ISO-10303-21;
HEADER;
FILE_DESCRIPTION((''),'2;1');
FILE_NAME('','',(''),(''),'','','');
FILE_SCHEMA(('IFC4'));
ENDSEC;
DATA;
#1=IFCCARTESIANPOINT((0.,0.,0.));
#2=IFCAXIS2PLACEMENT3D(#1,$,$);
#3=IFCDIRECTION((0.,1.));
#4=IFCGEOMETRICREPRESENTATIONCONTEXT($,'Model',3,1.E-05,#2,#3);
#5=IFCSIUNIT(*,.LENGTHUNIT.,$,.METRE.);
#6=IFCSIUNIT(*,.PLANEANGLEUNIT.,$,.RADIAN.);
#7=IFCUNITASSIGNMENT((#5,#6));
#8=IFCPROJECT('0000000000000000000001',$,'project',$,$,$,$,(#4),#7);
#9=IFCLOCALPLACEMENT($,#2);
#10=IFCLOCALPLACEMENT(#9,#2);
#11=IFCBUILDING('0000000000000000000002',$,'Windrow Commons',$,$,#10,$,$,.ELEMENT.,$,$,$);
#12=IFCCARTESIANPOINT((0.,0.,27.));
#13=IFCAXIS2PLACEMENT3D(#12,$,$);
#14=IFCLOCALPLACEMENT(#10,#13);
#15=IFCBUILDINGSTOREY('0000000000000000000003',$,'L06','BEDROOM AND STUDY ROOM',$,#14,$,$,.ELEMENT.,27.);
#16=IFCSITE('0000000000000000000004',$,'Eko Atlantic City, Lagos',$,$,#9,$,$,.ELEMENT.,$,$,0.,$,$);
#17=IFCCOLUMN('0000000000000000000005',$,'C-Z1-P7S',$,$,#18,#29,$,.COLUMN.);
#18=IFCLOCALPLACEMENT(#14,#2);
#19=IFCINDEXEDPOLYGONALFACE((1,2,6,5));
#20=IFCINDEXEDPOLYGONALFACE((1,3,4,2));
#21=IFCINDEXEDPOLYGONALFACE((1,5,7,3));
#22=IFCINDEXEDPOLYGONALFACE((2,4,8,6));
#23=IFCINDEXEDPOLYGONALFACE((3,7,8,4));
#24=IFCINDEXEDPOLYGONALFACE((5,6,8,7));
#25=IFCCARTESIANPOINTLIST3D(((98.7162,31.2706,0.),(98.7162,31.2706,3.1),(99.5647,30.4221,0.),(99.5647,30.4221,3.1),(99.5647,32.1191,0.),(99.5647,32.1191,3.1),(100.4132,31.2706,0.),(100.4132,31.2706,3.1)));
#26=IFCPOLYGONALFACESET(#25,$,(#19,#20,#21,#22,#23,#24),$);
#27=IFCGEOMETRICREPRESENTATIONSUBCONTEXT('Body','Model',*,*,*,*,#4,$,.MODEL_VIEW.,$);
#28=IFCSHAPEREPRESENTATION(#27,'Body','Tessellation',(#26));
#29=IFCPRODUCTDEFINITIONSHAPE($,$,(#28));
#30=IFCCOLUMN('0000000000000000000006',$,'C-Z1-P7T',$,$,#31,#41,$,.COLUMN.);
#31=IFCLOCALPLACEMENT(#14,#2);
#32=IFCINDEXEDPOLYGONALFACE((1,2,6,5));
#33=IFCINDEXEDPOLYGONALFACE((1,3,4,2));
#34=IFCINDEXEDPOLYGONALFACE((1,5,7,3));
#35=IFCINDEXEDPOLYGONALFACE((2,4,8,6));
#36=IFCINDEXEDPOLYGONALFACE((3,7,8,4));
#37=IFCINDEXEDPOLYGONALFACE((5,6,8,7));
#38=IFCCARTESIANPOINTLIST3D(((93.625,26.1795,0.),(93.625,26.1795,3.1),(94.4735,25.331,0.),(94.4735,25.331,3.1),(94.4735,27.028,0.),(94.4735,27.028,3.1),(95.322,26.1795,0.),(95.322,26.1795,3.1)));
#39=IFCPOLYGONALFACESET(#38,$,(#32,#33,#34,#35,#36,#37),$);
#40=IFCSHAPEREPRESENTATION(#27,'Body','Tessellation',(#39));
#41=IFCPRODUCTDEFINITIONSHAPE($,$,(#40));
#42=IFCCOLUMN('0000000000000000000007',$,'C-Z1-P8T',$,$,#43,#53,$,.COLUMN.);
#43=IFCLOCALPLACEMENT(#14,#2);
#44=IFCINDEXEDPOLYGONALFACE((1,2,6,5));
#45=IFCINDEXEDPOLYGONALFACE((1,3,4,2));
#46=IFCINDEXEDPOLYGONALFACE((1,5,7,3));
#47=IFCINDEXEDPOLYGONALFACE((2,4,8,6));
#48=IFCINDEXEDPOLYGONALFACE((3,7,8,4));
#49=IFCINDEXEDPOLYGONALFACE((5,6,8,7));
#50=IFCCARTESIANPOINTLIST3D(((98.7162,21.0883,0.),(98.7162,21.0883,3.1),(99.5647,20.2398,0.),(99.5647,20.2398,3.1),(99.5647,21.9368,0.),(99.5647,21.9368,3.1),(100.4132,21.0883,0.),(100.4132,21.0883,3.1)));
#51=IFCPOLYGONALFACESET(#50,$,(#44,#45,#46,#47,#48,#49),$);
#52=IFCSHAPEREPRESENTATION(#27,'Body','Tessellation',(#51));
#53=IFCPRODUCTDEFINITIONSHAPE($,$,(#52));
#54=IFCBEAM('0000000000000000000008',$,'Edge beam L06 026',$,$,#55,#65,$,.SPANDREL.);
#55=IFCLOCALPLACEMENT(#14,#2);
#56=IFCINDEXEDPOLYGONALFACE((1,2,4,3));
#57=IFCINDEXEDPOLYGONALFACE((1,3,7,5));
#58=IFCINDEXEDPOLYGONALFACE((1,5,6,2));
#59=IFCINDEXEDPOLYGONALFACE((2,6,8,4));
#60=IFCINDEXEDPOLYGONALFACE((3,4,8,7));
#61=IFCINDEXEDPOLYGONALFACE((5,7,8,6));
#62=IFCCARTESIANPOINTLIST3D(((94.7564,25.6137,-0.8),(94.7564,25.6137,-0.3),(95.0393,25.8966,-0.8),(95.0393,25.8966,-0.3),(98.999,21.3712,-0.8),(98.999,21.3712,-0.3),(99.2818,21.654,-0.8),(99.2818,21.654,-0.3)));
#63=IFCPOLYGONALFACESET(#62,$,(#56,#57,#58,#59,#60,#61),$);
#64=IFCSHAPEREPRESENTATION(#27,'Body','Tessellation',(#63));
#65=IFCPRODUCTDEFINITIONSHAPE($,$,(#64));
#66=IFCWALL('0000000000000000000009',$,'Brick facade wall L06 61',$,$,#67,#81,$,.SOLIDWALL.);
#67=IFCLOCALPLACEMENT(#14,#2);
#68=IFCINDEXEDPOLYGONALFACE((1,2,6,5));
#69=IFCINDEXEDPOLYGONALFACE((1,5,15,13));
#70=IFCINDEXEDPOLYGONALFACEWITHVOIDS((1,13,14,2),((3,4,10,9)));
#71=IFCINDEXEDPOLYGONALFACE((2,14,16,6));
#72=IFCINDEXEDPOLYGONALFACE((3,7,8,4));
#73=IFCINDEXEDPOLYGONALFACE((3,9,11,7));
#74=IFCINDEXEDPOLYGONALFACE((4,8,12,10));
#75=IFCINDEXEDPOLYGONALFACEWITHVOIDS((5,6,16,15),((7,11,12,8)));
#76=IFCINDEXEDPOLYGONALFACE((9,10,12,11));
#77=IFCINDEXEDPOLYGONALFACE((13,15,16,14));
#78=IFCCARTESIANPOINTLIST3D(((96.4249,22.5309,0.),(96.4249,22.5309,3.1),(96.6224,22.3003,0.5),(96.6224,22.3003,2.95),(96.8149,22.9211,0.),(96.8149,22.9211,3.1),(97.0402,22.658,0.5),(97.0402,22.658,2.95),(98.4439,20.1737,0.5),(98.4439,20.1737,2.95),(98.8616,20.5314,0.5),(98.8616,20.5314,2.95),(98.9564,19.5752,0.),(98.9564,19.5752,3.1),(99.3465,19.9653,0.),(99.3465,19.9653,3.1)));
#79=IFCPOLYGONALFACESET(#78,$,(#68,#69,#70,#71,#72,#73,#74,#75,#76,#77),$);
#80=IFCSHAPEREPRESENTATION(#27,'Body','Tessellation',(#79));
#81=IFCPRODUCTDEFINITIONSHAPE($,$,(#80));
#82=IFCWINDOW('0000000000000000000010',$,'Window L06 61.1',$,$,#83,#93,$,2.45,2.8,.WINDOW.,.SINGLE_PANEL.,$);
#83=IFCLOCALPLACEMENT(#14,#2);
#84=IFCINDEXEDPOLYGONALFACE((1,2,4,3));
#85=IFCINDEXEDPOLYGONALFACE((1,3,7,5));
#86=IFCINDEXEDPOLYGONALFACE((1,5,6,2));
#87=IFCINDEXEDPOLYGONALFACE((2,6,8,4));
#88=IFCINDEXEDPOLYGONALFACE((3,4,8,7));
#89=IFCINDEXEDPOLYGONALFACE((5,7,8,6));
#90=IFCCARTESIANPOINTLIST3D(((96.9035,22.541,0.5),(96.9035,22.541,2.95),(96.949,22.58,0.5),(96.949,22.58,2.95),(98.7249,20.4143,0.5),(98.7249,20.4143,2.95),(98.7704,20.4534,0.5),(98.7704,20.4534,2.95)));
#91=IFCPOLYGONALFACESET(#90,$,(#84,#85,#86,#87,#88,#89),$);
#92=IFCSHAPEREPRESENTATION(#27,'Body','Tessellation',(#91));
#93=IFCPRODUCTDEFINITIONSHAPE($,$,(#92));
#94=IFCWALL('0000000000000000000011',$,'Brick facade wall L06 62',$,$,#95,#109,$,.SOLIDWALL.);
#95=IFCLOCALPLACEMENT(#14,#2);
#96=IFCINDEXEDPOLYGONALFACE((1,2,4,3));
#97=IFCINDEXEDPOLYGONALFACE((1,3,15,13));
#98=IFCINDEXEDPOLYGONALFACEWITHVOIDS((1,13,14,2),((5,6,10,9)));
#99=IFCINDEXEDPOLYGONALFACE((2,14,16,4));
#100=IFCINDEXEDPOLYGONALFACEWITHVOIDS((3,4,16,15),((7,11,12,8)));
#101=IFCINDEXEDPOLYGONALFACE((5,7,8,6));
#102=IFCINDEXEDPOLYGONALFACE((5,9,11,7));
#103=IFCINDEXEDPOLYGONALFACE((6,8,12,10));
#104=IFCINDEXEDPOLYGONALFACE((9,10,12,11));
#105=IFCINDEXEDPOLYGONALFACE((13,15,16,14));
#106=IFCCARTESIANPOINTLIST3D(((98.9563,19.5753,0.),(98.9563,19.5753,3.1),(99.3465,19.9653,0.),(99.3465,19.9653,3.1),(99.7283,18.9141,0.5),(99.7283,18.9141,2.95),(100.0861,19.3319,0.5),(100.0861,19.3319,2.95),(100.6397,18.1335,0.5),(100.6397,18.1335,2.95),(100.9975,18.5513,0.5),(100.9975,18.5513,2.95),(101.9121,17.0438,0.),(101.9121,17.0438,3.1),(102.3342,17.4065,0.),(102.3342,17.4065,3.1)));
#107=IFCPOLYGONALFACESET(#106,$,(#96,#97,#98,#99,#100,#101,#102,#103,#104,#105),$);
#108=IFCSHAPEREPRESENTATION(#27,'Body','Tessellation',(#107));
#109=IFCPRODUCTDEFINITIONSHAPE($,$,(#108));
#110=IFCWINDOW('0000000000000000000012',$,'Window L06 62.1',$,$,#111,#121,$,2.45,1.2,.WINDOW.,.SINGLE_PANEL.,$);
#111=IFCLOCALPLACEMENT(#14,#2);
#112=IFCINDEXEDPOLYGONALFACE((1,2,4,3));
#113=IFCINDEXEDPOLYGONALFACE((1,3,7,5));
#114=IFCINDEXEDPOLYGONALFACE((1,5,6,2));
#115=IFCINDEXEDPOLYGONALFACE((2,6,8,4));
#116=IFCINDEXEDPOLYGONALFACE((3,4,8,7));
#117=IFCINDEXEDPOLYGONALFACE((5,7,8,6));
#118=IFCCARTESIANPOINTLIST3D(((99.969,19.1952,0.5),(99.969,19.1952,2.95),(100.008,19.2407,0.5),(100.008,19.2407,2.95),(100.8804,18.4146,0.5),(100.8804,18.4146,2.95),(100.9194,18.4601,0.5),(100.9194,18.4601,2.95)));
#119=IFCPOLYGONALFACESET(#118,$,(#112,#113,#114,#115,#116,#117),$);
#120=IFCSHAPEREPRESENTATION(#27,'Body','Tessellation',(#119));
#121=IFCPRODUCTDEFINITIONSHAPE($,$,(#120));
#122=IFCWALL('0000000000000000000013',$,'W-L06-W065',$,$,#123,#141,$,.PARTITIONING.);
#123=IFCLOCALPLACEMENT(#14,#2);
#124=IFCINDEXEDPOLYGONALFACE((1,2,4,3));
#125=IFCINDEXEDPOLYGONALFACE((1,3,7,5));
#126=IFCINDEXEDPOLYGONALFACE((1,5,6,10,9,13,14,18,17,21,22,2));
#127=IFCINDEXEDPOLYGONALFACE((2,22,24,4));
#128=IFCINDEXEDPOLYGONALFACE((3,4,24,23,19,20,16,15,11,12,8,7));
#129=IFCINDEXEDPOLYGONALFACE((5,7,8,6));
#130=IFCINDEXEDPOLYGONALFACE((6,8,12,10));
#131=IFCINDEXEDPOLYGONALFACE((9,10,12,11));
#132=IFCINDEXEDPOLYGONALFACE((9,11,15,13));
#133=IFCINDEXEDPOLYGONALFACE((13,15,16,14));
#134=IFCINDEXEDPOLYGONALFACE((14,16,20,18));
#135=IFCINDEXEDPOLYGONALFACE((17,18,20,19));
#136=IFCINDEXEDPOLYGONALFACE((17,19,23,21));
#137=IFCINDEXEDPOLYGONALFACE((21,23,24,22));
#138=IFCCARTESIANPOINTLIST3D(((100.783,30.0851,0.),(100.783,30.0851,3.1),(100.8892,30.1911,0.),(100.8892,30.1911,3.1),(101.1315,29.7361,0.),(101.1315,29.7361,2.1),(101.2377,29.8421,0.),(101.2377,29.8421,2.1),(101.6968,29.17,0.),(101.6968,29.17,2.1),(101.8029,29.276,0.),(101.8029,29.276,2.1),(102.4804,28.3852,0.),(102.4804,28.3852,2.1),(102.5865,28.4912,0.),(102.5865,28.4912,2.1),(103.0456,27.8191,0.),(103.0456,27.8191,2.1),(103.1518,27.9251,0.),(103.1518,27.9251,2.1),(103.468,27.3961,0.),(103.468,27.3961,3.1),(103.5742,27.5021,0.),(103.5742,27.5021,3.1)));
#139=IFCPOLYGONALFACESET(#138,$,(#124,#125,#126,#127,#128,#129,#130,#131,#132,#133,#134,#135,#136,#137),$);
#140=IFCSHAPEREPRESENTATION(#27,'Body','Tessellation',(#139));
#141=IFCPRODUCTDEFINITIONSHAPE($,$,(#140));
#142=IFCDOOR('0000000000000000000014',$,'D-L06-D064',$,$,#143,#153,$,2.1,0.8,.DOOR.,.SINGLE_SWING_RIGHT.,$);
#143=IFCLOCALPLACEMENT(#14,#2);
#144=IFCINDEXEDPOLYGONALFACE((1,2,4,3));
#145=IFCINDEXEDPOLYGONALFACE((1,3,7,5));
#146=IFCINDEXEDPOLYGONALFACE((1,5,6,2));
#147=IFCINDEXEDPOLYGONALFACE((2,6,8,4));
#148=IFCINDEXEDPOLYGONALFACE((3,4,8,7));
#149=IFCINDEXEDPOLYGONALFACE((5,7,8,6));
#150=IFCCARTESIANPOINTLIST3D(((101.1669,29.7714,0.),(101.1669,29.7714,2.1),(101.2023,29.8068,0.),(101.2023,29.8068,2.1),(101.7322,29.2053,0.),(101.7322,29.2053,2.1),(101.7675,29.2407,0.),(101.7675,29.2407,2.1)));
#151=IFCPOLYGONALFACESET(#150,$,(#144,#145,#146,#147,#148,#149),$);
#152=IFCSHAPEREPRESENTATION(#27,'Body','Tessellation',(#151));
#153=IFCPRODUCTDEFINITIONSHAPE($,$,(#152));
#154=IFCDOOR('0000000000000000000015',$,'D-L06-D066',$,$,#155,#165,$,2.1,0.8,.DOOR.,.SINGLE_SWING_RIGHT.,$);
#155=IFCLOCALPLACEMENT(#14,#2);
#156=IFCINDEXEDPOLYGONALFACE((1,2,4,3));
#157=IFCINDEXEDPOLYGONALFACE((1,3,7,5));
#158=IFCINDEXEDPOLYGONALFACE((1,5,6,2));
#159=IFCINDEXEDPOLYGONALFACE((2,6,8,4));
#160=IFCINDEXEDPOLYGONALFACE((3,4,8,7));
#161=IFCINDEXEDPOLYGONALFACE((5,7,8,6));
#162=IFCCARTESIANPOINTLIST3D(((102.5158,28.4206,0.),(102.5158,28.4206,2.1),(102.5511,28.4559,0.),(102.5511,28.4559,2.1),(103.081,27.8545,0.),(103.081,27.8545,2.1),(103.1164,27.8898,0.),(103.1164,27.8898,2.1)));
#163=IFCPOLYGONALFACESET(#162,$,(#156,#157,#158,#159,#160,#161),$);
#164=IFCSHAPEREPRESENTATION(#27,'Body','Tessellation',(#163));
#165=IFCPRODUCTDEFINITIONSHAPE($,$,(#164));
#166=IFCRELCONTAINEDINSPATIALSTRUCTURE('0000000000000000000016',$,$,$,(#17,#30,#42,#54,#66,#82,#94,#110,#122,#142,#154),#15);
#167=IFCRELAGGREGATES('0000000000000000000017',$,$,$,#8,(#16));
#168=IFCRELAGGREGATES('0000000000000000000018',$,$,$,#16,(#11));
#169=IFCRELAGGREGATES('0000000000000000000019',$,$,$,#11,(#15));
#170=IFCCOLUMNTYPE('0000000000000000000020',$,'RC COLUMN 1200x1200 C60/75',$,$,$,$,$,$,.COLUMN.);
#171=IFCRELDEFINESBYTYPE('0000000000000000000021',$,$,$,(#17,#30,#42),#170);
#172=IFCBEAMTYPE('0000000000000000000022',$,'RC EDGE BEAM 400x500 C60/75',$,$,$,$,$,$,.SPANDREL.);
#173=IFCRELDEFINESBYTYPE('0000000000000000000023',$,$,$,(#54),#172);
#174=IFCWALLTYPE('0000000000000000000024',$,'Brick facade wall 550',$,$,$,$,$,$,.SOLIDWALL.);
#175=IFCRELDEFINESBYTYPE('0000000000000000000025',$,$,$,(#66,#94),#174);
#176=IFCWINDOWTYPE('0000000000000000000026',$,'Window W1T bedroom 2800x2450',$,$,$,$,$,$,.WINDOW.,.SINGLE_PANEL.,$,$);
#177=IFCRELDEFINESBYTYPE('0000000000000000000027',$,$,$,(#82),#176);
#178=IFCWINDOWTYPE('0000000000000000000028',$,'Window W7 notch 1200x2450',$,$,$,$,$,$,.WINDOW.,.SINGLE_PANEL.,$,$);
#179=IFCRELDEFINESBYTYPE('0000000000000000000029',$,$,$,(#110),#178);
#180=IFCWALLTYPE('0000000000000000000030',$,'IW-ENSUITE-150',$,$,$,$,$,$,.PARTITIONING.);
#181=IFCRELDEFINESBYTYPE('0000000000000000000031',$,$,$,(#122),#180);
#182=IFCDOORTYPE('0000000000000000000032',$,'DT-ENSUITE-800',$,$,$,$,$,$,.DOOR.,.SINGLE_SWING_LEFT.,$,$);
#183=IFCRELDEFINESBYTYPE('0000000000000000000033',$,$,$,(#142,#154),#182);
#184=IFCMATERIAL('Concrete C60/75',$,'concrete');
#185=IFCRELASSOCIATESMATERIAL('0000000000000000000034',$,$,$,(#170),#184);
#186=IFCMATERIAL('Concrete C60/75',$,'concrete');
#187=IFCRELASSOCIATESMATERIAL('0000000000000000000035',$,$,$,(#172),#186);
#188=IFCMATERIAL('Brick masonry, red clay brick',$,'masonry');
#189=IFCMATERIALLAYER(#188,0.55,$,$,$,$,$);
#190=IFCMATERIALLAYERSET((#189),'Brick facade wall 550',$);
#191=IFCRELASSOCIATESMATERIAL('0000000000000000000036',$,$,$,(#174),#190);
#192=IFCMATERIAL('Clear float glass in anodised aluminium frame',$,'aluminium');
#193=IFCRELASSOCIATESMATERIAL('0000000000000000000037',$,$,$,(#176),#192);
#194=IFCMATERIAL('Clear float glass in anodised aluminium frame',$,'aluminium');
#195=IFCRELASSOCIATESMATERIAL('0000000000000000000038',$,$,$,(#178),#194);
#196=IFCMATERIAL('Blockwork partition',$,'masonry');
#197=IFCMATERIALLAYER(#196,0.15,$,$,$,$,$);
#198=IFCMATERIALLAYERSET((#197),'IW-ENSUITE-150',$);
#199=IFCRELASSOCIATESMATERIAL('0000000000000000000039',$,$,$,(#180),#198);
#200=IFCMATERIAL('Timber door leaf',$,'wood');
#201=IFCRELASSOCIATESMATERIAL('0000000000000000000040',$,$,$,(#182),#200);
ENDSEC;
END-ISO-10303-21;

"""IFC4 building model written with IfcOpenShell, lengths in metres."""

from ifc_helpers import new_model, si_unit, direction, frame, frame_2d, origin, origin_2d, place, context, subcontext, project, spatial, polyline, rectangle, outline, extrude, material, layer, layer_set, material_profile, profile_set, type_object, element, fill, save


model = new_model("IFC4")

# Units and contexts
model_context = context("Model", 3, precision=1e-05, world=origin(), true_north=direction((0.0, 1.0)))
body_context = subcontext(model_context, "Body", "Model", "MODEL_VIEW")
ifc_project = project(units=[si_unit("LENGTHUNIT", "METRE"), si_unit("PLANEANGLEUNIT", "RADIAN")], contexts=[model_context])

# Site, building, storey
site_placement = place(None, origin())
site = spatial("IfcSite", under=ifc_project, at=site_placement, Name="Eko Atlantic City, Lagos", CompositionType="ELEMENT", RefElevation=0.0)
building_placement = place(site_placement, origin())
building = spatial("IfcBuilding", under=site, at=building_placement, Name="Windrow Commons", CompositionType="ELEMENT")
storey_placement = place(building_placement, frame((0.0, 0.0, 27.0)))
storey = spatial("IfcBuildingStorey", under=building, at=storey_placement, Name="L06", Description="BEDROOM AND STUDY ROOM", CompositionType="ELEMENT", Elevation=27.0)

# Columns
ifc_material_1 = material(Name="Concrete C60/75", Category="concrete")
ifc_material_profile_1 = material_profile(ifc_material_1, rectangle(XDim=1.2, YDim=1.2, at=origin_2d()))
ifc_profile_set_1 = profile_set([ifc_material_profile_1], Name="Concrete C60/75")
column_type = type_object("IfcColumnType", Name="RC COLUMN 1200x1200 C60/75", PredefinedType="COLUMN", material=ifc_profile_set_1)
for number, where, z_axis, x_axis, name in (
    (1, (99.5647, 31.2706, 0.0), (0.0, 0.0, 1.0), (0.707107, -0.707107, 0.0), "C-Z1-P7S"),
    (2, (94.4735, 26.1795, 0.0), (0.0, 0.0, 1.0), (0.707107, -0.707107, 0.0), "C-Z1-P7T"),
    (3, (99.5647, 21.0883, 0.0), (0.0, 0.0, 1.0), (0.707107, -0.707107, 0.0), "C-Z1-P8T"),
):
    element("IfcColumn", number, at=place(storey_placement, frame(where, z_axis=z_axis, x_axis=x_axis)), inside=storey, type_object=column_type, Name=name, PredefinedType="COLUMN", context=body_context, shape_type="SweptSolid", body=[
        extrude(rectangle(XDim=1.2, YDim=1.2, at=origin_2d()), origin(), (0.0, 0.0, 1.0), 3.1),
    ])

# Beam
ifc_material_2 = material(Name="Concrete C60/75", Category="concrete")
ifc_material_profile_2 = material_profile(ifc_material_2, rectangle(XDim=0.4, YDim=0.5, at=origin_2d()))
ifc_profile_set_2 = profile_set([ifc_material_profile_2], Name="Concrete C60/75")
beam_type = type_object("IfcBeamType", Name="RC EDGE BEAM 400x500 C60/75", PredefinedType="SPANDREL", material=ifc_profile_set_2)
beam_placement = place(storey_placement, frame((99.1404, 21.5126, -0.55), z_axis=(-0.707107, 0.707107, 0.0), x_axis=(-0.707107, -0.707107, 0.0)))
element("IfcBeam", 4, at=beam_placement, inside=storey, type_object=beam_type, Name="Edge beam L06 026", PredefinedType="SPANDREL", context=body_context, shape_type="SweptSolid", body=[
    extrude(rectangle(XDim=0.4, YDim=0.5, at=origin_2d()), origin(), (0.0, 0.0, 1.0), 5.9999),
])

# Walls, openings, windows
ifc_material_3 = material(Name="Brick masonry, red clay brick", Category="masonry")
ifc_layer_1 = layer(ifc_material_3, 0.55)
ifc_layer_set_1 = layer_set([ifc_layer_1], Name="Brick facade wall 550")
wall_type_1 = type_object("IfcWallType", Name="Brick facade wall 550", PredefinedType="SOLIDWALL", material=ifc_layer_set_1)
wall_1_placement = place(storey_placement, frame((96.6199, 22.726, 0.0), z_axis=(0.0, 0.0, 1.0), x_axis=(0.650501, -0.759505, 0.0)))
wall_1 = element("IfcWall", 5, at=wall_1_placement, inside=storey, type_object=wall_type_1, Name="Brick facade wall L06 61", PredefinedType="SOLIDWALL", context=body_context, shape_type="SweptSolid", body=[
    extrude(outline(polyline([(0.0213, -0.275), (3.9129, -0.275), (3.8704, 0.275), (-0.0213, 0.275), (0.0213, -0.275)])), origin(), (0.0, 0.0, 1.0), 3.1),
])
opening_1_placement = place(wall_1_placement, frame((0.325, 0.0, 0.5)))
opening_1 = element("IfcOpeningElement", 6, at=opening_1_placement, cuts=wall_1, PredefinedType="OPENING", context=body_context, shape_type="SweptSolid", body=[
    extrude(rectangle(XDim=2.8, YDim=2.45, at=frame_2d((1.4, 1.225))), frame((0.0, 0.285, 0.0), z_axis=(0.0, -1.0, 0.0), x_axis=(1.0, 0.0, 0.0)), (0.0, 0.0, 1.0), 0.57),
])
ifc_material_4 = material(Name="Clear float glass in anodised aluminium frame", Category="aluminium")
window_type_1 = type_object("IfcWindowType", Name="Window W1T bedroom 2800x2450", PartitioningType="SINGLE_PANEL", PredefinedType="WINDOW", material=ifc_material_4)
window_1_placement = place(opening_1_placement, origin())
window_1 = element("IfcWindow", 7, at=window_1_placement, inside=storey, type_object=window_type_1, Name="Window L06 61.1", OverallHeight=2.45, OverallWidth=2.8, PartitioningType="SINGLE_PANEL", PredefinedType="WINDOW", context=body_context, shape_type="SweptSolid", body=[
    extrude(rectangle(XDim=2.8, YDim=2.45, at=frame_2d((1.4, 1.225))), frame((0.0, 0.155, 0.0), z_axis=(0.0, -1.0, 0.0), x_axis=(1.0, 0.0, 0.0)), (0.0, 0.0, 1.0), 0.06),
])
fill(opening_1, window_1)
wall_2_placement = place(storey_placement, frame((99.1514, 19.7703, 0.0), z_axis=(0.0, 0.0, 1.0), x_axis=(0.759516, -0.650488, 0.0)))
wall_2 = element("IfcWall", 8, at=wall_2_placement, inside=storey, type_object=wall_type_1, Name="Brick facade wall L06 62", PredefinedType="SOLIDWALL", context=body_context, shape_type="SweptSolid", body=[
    extrude(outline(polyline([(-0.0213, -0.275), (3.8704, -0.275), (3.955, 0.275), (0.0213, 0.275), (-0.0213, -0.275)])), origin(), (0.0, 0.0, 1.0), 3.1),
])
opening_2_placement = place(wall_2_placement, frame((0.9951, 0.0, 0.5)))
opening_2 = element("IfcOpeningElement", 9, at=opening_2_placement, cuts=wall_2, PredefinedType="OPENING", context=body_context, shape_type="SweptSolid", body=[
    extrude(rectangle(XDim=1.2, YDim=2.45, at=frame_2d((0.6, 1.225))), frame((0.0, 0.285, 0.0), z_axis=(0.0, -1.0, 0.0), x_axis=(1.0, 0.0, 0.0)), (0.0, 0.0, 1.0), 0.57),
])
ifc_material_5 = material(Name="Clear float glass in anodised aluminium frame", Category="aluminium")
window_type_2 = type_object("IfcWindowType", Name="Window W7 notch 1200x2450", PartitioningType="SINGLE_PANEL", PredefinedType="WINDOW", material=ifc_material_5)
window_2_placement = place(opening_2_placement, origin())
window_2 = element("IfcWindow", 10, at=window_2_placement, inside=storey, type_object=window_type_2, Name="Window L06 62.1", OverallHeight=2.45, OverallWidth=1.2, PartitioningType="SINGLE_PANEL", PredefinedType="WINDOW", context=body_context, shape_type="SweptSolid", body=[
    extrude(rectangle(XDim=1.2, YDim=2.45, at=frame_2d((0.6, 1.225))), frame((0.0, 0.155, 0.0), z_axis=(0.0, -1.0, 0.0), x_axis=(1.0, 0.0, 0.0)), (0.0, 0.0, 1.0), 0.06),
])
fill(opening_2, window_2)

# Wall, openings, doors
ifc_material_6 = material(Name="Blockwork partition", Category="masonry")
ifc_layer_2 = layer(ifc_material_6, 0.15)
ifc_layer_set_2 = layer_set([ifc_layer_2], Name="IW-ENSUITE-150")
wall_type_2 = type_object("IfcWallType", Name="IW-ENSUITE-150", PredefinedType="PARTITIONING", material=ifc_layer_set_2)
wall_3_placement = place(storey_placement, frame((100.8361, 30.1381, 0.0), z_axis=(0.0, 0.0, 1.0), x_axis=(0.70658, -0.707633, 0.0)))
wall_3 = element("IfcWall", 11, at=wall_3_placement, inside=storey, type_object=wall_type_2, Name="W-L06-W065", PredefinedType="PARTITIONING", context=body_context, shape_type="SweptSolid", body=[
    extrude(rectangle(XDim=3.8, YDim=0.15, at=frame_2d((1.9, 0.0))), origin(), (0.0, 0.0, 1.0), 3.1),
])
opening_3_placement = place(wall_3_placement, frame((0.4932, 0.0, 0.0)))
opening_3 = element("IfcOpeningElement", 12, at=opening_3_placement, cuts=wall_3, PredefinedType="OPENING", context=body_context, shape_type="SweptSolid", body=[
    extrude(rectangle(XDim=0.8, YDim=2.1, at=frame_2d((0.4, 1.05))), frame((0.0, 0.085, 0.0), z_axis=(0.0, -1.0, 0.0), x_axis=(1.0, 0.0, 0.0)), (0.0, 0.0, 1.0), 0.17),
])
opening_4_placement = place(wall_3_placement, frame((2.4022, 0.0, 0.0)))
opening_4 = element("IfcOpeningElement", 13, at=opening_4_placement, cuts=wall_3, PredefinedType="OPENING", context=body_context, shape_type="SweptSolid", body=[
    extrude(rectangle(XDim=0.8, YDim=2.1, at=frame_2d((0.4, 1.05))), frame((0.0, 0.085, 0.0), z_axis=(0.0, -1.0, 0.0), x_axis=(1.0, 0.0, 0.0)), (0.0, 0.0, 1.0), 0.17),
])
ifc_material_7 = material(Name="Timber door leaf", Category="wood")
door_type = type_object("IfcDoorType", Name="DT-ENSUITE-800", OperationType="SINGLE_SWING_LEFT", PredefinedType="DOOR", material=ifc_material_7)
door_1_placement = place(opening_3_placement, origin())
door_1 = element("IfcDoor", 14, at=door_1_placement, inside=storey, type_object=door_type, Name="D-L06-D064", OperationType="SINGLE_SWING_RIGHT", OverallHeight=2.1, OverallWidth=0.8, PredefinedType="DOOR", context=body_context, shape_type="SweptSolid", body=[
    extrude(rectangle(XDim=0.8, YDim=2.1, at=frame_2d((0.4, 1.05))), frame((0.0, 0.025, 0.0), z_axis=(0.0, -1.0, 0.0), x_axis=(1.0, 0.0, 0.0)), (0.0, 0.0, 1.0), 0.05),
])
fill(opening_3, door_1)
door_2_placement = place(opening_4_placement, origin())
door_2 = element("IfcDoor", 15, at=door_2_placement, inside=storey, type_object=door_type, Name="D-L06-D066", OperationType="SINGLE_SWING_RIGHT", OverallHeight=2.1, OverallWidth=0.8, PredefinedType="DOOR", context=body_context, shape_type="SweptSolid", body=[
    extrude(rectangle(XDim=0.8, YDim=2.1, at=frame_2d((0.4, 1.05))), frame((0.0, 0.025, 0.0), z_axis=(0.0, -1.0, 0.0), x_axis=(1.0, 0.0, 0.0)), (0.0, 0.0, 1.0), 0.05),
])
fill(opening_4, door_2)

save(model, "model.ifc")
